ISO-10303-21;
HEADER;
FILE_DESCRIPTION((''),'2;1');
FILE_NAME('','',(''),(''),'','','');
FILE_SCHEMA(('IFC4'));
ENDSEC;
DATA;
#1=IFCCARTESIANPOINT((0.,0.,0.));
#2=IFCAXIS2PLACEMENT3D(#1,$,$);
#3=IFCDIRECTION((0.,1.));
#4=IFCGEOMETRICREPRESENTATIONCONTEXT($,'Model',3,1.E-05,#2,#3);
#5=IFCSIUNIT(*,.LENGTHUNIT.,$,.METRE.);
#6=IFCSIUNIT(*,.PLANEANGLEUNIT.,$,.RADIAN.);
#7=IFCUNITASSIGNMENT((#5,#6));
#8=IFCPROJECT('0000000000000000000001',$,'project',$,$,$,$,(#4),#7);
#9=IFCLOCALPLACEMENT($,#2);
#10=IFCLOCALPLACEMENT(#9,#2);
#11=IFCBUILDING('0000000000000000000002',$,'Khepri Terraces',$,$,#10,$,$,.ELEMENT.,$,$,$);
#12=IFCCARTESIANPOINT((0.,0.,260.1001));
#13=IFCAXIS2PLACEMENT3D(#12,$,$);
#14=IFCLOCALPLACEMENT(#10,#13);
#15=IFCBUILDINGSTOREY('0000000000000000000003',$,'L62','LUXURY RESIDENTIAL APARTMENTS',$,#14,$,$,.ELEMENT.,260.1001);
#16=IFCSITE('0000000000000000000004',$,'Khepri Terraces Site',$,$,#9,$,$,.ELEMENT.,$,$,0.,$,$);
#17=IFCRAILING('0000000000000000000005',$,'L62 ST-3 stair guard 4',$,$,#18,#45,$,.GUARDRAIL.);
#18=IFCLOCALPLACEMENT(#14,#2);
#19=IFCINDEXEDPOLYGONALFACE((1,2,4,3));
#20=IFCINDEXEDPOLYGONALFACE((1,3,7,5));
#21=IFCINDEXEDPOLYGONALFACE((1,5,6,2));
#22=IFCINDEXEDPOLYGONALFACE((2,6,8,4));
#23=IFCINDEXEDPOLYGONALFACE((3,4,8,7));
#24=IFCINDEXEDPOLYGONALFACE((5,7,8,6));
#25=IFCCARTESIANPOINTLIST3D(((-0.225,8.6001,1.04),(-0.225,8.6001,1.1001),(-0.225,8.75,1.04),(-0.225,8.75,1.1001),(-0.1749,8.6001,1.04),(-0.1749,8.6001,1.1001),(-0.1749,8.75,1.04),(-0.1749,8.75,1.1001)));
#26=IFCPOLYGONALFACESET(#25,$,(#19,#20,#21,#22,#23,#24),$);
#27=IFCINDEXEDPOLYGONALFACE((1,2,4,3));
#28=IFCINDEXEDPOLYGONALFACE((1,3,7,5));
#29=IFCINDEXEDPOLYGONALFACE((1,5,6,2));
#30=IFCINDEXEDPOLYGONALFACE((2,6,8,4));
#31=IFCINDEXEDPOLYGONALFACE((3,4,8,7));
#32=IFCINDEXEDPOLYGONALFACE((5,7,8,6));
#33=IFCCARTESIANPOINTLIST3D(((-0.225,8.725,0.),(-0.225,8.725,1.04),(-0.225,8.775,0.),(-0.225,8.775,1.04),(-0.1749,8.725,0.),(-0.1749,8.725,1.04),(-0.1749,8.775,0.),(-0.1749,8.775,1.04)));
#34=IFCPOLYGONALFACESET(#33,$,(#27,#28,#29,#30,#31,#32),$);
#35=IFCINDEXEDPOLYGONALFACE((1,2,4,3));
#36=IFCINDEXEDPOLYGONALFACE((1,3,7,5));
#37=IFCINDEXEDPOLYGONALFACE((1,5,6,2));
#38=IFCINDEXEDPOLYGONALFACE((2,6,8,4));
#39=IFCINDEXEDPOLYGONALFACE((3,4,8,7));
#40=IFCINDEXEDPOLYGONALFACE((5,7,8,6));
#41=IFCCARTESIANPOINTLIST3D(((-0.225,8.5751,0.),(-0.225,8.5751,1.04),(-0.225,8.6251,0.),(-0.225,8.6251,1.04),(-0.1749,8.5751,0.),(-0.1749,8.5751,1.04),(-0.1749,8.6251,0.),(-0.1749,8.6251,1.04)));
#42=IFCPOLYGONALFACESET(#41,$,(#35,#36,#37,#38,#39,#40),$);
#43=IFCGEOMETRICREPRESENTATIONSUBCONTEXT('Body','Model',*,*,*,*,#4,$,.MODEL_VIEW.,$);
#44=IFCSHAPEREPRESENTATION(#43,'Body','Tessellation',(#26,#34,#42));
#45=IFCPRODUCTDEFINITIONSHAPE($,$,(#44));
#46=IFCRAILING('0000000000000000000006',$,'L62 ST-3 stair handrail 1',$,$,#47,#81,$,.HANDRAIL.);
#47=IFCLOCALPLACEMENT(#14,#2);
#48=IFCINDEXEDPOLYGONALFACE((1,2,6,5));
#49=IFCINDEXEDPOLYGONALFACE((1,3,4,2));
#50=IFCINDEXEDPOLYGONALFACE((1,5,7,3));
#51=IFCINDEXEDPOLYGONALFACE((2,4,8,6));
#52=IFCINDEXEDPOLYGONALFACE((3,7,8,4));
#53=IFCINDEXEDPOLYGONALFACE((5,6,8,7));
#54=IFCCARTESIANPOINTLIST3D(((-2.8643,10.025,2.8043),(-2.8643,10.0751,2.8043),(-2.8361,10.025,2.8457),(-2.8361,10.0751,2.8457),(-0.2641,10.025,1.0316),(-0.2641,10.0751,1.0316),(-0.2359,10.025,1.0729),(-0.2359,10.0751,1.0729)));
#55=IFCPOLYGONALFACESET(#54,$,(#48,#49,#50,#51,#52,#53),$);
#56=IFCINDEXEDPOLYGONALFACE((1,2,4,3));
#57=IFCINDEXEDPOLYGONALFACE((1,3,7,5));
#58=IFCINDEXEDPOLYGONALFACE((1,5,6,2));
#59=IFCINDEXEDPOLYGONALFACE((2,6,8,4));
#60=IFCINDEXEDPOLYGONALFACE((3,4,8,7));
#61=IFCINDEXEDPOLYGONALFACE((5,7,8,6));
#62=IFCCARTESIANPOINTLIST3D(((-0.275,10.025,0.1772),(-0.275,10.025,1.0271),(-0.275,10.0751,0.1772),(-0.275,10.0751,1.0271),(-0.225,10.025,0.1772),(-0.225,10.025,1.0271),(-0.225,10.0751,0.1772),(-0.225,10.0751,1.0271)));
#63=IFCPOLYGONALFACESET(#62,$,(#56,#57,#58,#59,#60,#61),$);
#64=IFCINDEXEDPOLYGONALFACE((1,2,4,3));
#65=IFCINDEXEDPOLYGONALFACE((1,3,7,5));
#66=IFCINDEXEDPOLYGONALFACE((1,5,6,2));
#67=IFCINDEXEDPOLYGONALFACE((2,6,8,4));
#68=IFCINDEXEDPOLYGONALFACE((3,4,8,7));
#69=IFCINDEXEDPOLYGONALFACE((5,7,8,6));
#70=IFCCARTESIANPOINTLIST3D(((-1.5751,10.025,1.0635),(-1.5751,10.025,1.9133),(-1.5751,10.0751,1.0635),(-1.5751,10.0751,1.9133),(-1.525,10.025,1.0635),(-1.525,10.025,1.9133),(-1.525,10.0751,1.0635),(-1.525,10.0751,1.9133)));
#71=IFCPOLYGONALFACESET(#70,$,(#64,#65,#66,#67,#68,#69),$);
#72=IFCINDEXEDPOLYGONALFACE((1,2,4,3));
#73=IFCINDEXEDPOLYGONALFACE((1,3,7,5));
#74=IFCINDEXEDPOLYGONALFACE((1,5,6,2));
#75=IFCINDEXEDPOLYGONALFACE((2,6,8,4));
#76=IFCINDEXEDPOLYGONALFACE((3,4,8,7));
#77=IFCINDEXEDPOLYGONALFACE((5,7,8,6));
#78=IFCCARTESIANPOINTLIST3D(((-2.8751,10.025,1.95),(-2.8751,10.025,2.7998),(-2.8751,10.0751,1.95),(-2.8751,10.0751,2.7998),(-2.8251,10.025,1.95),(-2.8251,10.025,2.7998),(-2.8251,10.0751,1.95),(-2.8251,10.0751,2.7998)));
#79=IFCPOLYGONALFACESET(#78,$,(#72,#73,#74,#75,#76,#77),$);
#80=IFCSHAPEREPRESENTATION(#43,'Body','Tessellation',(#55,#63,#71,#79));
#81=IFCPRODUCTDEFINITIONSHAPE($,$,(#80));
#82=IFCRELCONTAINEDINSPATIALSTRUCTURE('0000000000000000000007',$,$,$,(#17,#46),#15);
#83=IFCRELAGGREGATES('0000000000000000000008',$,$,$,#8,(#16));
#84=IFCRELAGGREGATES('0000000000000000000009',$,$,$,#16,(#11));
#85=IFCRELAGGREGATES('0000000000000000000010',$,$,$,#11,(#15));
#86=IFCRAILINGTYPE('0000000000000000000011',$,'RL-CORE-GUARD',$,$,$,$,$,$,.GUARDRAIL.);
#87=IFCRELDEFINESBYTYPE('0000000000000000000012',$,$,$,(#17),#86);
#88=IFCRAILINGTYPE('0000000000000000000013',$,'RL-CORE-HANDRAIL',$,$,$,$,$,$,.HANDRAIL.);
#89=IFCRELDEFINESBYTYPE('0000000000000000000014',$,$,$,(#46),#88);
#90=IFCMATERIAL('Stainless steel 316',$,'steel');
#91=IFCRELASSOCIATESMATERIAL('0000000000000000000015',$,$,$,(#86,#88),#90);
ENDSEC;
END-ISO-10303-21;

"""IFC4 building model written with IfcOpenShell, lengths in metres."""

from ifc_helpers import new_model, si_unit, direction, frame, origin, origin_2d, place, context, subcontext, project, spatial, rectangle, extrude, material, type_object, element, save


model = new_model("IFC4")

# Units and contexts
model_context = context("Model", 3, precision=1e-05, world=origin(), true_north=direction((0.0, 1.0)))
body_context = subcontext(model_context, "Body", "Model", "MODEL_VIEW")
ifc_project = project(units=[si_unit("LENGTHUNIT", "METRE"), si_unit("PLANEANGLEUNIT", "RADIAN")], contexts=[model_context])

# Site, building, storey
site_placement = place(None, origin())
site = spatial("IfcSite", under=ifc_project, at=site_placement, Name="Khepri Terraces Site", CompositionType="ELEMENT", RefElevation=0.0)
building_placement = place(site_placement, origin())
building = spatial("IfcBuilding", under=site, at=building_placement, Name="Khepri Terraces", CompositionType="ELEMENT")
storey_placement = place(building_placement, frame((0.0, 0.0, 260.1001)))
storey = spatial("IfcBuildingStorey", under=building, at=storey_placement, Name="L62", Description="LUXURY RESIDENTIAL APARTMENTS", CompositionType="ELEMENT", Elevation=260.1001)

# Railings
ifc_material_1 = material(Name="Stainless steel 316", Category="steel")
railing_type_1 = type_object("IfcRailingType", Name="RL-CORE-GUARD", PredefinedType="GUARDRAIL", material=ifc_material_1)
railing_1_placement = place(storey_placement, frame((-0.2, 8.75, 0.0)))
element("IfcRailing", 1, at=railing_1_placement, inside=storey, type_object=railing_type_1, Name="L62 ST-3 stair guard 4", PredefinedType="GUARDRAIL", context=body_context, shape_type="SweptSolid", body=[
    extrude(rectangle(XDim=0.05, YDim=0.0601, at=origin_2d()), frame((0.0, 0.0, 1.0701), z_axis=(0.0, -1.0, 0.0), x_axis=(1.0, 0.0, 0.0)), (0.0, 0.0, 1.0), 0.1499),
    extrude(rectangle(XDim=0.05, YDim=0.05, at=origin_2d()), origin(), (0.0, 0.0, 1.0), 1.04),
    extrude(rectangle(XDim=0.05, YDim=0.05, at=origin_2d()), frame((0.0, -0.1499, 0.0)), (0.0, 0.0, 1.0), 1.04),
])
railing_type_2 = type_object("IfcRailingType", Name="RL-CORE-HANDRAIL", PredefinedType="HANDRAIL", material=ifc_material_1)
railing_2_placement = place(storey_placement, frame((-0.25, 10.05, 0.1772)))
element("IfcRailing", 2, at=railing_2_placement, inside=storey, type_object=railing_type_2, Name="L62 ST-3 stair handrail 1", PredefinedType="HANDRAIL", context=body_context, shape_type="SweptSolid", body=[
    extrude(rectangle(XDim=0.05, YDim=0.05, at=origin_2d()), frame((0.0, 0.0, 0.875), z_axis=(-0.82624, 0.0, 0.563318), x_axis=(0.0, -1.0, 0.0)), (0.0, 0.0, 1.0), 3.147),
    extrude(rectangle(XDim=0.05, YDim=0.05, at=origin_2d()), origin(), (0.0, 0.0, 1.0), 0.8499),
    extrude(rectangle(XDim=0.05, YDim=0.05, at=origin_2d()), frame((-1.3, 0.0, 0.8862)), (0.0, 0.0, 1.0), 0.8499),
    extrude(rectangle(XDim=0.05, YDim=0.05, at=origin_2d()), frame((-2.6001, 0.0, 1.7727)), (0.0, 0.0, 1.0), 0.8499),
])

save(model, "model.ifc")
